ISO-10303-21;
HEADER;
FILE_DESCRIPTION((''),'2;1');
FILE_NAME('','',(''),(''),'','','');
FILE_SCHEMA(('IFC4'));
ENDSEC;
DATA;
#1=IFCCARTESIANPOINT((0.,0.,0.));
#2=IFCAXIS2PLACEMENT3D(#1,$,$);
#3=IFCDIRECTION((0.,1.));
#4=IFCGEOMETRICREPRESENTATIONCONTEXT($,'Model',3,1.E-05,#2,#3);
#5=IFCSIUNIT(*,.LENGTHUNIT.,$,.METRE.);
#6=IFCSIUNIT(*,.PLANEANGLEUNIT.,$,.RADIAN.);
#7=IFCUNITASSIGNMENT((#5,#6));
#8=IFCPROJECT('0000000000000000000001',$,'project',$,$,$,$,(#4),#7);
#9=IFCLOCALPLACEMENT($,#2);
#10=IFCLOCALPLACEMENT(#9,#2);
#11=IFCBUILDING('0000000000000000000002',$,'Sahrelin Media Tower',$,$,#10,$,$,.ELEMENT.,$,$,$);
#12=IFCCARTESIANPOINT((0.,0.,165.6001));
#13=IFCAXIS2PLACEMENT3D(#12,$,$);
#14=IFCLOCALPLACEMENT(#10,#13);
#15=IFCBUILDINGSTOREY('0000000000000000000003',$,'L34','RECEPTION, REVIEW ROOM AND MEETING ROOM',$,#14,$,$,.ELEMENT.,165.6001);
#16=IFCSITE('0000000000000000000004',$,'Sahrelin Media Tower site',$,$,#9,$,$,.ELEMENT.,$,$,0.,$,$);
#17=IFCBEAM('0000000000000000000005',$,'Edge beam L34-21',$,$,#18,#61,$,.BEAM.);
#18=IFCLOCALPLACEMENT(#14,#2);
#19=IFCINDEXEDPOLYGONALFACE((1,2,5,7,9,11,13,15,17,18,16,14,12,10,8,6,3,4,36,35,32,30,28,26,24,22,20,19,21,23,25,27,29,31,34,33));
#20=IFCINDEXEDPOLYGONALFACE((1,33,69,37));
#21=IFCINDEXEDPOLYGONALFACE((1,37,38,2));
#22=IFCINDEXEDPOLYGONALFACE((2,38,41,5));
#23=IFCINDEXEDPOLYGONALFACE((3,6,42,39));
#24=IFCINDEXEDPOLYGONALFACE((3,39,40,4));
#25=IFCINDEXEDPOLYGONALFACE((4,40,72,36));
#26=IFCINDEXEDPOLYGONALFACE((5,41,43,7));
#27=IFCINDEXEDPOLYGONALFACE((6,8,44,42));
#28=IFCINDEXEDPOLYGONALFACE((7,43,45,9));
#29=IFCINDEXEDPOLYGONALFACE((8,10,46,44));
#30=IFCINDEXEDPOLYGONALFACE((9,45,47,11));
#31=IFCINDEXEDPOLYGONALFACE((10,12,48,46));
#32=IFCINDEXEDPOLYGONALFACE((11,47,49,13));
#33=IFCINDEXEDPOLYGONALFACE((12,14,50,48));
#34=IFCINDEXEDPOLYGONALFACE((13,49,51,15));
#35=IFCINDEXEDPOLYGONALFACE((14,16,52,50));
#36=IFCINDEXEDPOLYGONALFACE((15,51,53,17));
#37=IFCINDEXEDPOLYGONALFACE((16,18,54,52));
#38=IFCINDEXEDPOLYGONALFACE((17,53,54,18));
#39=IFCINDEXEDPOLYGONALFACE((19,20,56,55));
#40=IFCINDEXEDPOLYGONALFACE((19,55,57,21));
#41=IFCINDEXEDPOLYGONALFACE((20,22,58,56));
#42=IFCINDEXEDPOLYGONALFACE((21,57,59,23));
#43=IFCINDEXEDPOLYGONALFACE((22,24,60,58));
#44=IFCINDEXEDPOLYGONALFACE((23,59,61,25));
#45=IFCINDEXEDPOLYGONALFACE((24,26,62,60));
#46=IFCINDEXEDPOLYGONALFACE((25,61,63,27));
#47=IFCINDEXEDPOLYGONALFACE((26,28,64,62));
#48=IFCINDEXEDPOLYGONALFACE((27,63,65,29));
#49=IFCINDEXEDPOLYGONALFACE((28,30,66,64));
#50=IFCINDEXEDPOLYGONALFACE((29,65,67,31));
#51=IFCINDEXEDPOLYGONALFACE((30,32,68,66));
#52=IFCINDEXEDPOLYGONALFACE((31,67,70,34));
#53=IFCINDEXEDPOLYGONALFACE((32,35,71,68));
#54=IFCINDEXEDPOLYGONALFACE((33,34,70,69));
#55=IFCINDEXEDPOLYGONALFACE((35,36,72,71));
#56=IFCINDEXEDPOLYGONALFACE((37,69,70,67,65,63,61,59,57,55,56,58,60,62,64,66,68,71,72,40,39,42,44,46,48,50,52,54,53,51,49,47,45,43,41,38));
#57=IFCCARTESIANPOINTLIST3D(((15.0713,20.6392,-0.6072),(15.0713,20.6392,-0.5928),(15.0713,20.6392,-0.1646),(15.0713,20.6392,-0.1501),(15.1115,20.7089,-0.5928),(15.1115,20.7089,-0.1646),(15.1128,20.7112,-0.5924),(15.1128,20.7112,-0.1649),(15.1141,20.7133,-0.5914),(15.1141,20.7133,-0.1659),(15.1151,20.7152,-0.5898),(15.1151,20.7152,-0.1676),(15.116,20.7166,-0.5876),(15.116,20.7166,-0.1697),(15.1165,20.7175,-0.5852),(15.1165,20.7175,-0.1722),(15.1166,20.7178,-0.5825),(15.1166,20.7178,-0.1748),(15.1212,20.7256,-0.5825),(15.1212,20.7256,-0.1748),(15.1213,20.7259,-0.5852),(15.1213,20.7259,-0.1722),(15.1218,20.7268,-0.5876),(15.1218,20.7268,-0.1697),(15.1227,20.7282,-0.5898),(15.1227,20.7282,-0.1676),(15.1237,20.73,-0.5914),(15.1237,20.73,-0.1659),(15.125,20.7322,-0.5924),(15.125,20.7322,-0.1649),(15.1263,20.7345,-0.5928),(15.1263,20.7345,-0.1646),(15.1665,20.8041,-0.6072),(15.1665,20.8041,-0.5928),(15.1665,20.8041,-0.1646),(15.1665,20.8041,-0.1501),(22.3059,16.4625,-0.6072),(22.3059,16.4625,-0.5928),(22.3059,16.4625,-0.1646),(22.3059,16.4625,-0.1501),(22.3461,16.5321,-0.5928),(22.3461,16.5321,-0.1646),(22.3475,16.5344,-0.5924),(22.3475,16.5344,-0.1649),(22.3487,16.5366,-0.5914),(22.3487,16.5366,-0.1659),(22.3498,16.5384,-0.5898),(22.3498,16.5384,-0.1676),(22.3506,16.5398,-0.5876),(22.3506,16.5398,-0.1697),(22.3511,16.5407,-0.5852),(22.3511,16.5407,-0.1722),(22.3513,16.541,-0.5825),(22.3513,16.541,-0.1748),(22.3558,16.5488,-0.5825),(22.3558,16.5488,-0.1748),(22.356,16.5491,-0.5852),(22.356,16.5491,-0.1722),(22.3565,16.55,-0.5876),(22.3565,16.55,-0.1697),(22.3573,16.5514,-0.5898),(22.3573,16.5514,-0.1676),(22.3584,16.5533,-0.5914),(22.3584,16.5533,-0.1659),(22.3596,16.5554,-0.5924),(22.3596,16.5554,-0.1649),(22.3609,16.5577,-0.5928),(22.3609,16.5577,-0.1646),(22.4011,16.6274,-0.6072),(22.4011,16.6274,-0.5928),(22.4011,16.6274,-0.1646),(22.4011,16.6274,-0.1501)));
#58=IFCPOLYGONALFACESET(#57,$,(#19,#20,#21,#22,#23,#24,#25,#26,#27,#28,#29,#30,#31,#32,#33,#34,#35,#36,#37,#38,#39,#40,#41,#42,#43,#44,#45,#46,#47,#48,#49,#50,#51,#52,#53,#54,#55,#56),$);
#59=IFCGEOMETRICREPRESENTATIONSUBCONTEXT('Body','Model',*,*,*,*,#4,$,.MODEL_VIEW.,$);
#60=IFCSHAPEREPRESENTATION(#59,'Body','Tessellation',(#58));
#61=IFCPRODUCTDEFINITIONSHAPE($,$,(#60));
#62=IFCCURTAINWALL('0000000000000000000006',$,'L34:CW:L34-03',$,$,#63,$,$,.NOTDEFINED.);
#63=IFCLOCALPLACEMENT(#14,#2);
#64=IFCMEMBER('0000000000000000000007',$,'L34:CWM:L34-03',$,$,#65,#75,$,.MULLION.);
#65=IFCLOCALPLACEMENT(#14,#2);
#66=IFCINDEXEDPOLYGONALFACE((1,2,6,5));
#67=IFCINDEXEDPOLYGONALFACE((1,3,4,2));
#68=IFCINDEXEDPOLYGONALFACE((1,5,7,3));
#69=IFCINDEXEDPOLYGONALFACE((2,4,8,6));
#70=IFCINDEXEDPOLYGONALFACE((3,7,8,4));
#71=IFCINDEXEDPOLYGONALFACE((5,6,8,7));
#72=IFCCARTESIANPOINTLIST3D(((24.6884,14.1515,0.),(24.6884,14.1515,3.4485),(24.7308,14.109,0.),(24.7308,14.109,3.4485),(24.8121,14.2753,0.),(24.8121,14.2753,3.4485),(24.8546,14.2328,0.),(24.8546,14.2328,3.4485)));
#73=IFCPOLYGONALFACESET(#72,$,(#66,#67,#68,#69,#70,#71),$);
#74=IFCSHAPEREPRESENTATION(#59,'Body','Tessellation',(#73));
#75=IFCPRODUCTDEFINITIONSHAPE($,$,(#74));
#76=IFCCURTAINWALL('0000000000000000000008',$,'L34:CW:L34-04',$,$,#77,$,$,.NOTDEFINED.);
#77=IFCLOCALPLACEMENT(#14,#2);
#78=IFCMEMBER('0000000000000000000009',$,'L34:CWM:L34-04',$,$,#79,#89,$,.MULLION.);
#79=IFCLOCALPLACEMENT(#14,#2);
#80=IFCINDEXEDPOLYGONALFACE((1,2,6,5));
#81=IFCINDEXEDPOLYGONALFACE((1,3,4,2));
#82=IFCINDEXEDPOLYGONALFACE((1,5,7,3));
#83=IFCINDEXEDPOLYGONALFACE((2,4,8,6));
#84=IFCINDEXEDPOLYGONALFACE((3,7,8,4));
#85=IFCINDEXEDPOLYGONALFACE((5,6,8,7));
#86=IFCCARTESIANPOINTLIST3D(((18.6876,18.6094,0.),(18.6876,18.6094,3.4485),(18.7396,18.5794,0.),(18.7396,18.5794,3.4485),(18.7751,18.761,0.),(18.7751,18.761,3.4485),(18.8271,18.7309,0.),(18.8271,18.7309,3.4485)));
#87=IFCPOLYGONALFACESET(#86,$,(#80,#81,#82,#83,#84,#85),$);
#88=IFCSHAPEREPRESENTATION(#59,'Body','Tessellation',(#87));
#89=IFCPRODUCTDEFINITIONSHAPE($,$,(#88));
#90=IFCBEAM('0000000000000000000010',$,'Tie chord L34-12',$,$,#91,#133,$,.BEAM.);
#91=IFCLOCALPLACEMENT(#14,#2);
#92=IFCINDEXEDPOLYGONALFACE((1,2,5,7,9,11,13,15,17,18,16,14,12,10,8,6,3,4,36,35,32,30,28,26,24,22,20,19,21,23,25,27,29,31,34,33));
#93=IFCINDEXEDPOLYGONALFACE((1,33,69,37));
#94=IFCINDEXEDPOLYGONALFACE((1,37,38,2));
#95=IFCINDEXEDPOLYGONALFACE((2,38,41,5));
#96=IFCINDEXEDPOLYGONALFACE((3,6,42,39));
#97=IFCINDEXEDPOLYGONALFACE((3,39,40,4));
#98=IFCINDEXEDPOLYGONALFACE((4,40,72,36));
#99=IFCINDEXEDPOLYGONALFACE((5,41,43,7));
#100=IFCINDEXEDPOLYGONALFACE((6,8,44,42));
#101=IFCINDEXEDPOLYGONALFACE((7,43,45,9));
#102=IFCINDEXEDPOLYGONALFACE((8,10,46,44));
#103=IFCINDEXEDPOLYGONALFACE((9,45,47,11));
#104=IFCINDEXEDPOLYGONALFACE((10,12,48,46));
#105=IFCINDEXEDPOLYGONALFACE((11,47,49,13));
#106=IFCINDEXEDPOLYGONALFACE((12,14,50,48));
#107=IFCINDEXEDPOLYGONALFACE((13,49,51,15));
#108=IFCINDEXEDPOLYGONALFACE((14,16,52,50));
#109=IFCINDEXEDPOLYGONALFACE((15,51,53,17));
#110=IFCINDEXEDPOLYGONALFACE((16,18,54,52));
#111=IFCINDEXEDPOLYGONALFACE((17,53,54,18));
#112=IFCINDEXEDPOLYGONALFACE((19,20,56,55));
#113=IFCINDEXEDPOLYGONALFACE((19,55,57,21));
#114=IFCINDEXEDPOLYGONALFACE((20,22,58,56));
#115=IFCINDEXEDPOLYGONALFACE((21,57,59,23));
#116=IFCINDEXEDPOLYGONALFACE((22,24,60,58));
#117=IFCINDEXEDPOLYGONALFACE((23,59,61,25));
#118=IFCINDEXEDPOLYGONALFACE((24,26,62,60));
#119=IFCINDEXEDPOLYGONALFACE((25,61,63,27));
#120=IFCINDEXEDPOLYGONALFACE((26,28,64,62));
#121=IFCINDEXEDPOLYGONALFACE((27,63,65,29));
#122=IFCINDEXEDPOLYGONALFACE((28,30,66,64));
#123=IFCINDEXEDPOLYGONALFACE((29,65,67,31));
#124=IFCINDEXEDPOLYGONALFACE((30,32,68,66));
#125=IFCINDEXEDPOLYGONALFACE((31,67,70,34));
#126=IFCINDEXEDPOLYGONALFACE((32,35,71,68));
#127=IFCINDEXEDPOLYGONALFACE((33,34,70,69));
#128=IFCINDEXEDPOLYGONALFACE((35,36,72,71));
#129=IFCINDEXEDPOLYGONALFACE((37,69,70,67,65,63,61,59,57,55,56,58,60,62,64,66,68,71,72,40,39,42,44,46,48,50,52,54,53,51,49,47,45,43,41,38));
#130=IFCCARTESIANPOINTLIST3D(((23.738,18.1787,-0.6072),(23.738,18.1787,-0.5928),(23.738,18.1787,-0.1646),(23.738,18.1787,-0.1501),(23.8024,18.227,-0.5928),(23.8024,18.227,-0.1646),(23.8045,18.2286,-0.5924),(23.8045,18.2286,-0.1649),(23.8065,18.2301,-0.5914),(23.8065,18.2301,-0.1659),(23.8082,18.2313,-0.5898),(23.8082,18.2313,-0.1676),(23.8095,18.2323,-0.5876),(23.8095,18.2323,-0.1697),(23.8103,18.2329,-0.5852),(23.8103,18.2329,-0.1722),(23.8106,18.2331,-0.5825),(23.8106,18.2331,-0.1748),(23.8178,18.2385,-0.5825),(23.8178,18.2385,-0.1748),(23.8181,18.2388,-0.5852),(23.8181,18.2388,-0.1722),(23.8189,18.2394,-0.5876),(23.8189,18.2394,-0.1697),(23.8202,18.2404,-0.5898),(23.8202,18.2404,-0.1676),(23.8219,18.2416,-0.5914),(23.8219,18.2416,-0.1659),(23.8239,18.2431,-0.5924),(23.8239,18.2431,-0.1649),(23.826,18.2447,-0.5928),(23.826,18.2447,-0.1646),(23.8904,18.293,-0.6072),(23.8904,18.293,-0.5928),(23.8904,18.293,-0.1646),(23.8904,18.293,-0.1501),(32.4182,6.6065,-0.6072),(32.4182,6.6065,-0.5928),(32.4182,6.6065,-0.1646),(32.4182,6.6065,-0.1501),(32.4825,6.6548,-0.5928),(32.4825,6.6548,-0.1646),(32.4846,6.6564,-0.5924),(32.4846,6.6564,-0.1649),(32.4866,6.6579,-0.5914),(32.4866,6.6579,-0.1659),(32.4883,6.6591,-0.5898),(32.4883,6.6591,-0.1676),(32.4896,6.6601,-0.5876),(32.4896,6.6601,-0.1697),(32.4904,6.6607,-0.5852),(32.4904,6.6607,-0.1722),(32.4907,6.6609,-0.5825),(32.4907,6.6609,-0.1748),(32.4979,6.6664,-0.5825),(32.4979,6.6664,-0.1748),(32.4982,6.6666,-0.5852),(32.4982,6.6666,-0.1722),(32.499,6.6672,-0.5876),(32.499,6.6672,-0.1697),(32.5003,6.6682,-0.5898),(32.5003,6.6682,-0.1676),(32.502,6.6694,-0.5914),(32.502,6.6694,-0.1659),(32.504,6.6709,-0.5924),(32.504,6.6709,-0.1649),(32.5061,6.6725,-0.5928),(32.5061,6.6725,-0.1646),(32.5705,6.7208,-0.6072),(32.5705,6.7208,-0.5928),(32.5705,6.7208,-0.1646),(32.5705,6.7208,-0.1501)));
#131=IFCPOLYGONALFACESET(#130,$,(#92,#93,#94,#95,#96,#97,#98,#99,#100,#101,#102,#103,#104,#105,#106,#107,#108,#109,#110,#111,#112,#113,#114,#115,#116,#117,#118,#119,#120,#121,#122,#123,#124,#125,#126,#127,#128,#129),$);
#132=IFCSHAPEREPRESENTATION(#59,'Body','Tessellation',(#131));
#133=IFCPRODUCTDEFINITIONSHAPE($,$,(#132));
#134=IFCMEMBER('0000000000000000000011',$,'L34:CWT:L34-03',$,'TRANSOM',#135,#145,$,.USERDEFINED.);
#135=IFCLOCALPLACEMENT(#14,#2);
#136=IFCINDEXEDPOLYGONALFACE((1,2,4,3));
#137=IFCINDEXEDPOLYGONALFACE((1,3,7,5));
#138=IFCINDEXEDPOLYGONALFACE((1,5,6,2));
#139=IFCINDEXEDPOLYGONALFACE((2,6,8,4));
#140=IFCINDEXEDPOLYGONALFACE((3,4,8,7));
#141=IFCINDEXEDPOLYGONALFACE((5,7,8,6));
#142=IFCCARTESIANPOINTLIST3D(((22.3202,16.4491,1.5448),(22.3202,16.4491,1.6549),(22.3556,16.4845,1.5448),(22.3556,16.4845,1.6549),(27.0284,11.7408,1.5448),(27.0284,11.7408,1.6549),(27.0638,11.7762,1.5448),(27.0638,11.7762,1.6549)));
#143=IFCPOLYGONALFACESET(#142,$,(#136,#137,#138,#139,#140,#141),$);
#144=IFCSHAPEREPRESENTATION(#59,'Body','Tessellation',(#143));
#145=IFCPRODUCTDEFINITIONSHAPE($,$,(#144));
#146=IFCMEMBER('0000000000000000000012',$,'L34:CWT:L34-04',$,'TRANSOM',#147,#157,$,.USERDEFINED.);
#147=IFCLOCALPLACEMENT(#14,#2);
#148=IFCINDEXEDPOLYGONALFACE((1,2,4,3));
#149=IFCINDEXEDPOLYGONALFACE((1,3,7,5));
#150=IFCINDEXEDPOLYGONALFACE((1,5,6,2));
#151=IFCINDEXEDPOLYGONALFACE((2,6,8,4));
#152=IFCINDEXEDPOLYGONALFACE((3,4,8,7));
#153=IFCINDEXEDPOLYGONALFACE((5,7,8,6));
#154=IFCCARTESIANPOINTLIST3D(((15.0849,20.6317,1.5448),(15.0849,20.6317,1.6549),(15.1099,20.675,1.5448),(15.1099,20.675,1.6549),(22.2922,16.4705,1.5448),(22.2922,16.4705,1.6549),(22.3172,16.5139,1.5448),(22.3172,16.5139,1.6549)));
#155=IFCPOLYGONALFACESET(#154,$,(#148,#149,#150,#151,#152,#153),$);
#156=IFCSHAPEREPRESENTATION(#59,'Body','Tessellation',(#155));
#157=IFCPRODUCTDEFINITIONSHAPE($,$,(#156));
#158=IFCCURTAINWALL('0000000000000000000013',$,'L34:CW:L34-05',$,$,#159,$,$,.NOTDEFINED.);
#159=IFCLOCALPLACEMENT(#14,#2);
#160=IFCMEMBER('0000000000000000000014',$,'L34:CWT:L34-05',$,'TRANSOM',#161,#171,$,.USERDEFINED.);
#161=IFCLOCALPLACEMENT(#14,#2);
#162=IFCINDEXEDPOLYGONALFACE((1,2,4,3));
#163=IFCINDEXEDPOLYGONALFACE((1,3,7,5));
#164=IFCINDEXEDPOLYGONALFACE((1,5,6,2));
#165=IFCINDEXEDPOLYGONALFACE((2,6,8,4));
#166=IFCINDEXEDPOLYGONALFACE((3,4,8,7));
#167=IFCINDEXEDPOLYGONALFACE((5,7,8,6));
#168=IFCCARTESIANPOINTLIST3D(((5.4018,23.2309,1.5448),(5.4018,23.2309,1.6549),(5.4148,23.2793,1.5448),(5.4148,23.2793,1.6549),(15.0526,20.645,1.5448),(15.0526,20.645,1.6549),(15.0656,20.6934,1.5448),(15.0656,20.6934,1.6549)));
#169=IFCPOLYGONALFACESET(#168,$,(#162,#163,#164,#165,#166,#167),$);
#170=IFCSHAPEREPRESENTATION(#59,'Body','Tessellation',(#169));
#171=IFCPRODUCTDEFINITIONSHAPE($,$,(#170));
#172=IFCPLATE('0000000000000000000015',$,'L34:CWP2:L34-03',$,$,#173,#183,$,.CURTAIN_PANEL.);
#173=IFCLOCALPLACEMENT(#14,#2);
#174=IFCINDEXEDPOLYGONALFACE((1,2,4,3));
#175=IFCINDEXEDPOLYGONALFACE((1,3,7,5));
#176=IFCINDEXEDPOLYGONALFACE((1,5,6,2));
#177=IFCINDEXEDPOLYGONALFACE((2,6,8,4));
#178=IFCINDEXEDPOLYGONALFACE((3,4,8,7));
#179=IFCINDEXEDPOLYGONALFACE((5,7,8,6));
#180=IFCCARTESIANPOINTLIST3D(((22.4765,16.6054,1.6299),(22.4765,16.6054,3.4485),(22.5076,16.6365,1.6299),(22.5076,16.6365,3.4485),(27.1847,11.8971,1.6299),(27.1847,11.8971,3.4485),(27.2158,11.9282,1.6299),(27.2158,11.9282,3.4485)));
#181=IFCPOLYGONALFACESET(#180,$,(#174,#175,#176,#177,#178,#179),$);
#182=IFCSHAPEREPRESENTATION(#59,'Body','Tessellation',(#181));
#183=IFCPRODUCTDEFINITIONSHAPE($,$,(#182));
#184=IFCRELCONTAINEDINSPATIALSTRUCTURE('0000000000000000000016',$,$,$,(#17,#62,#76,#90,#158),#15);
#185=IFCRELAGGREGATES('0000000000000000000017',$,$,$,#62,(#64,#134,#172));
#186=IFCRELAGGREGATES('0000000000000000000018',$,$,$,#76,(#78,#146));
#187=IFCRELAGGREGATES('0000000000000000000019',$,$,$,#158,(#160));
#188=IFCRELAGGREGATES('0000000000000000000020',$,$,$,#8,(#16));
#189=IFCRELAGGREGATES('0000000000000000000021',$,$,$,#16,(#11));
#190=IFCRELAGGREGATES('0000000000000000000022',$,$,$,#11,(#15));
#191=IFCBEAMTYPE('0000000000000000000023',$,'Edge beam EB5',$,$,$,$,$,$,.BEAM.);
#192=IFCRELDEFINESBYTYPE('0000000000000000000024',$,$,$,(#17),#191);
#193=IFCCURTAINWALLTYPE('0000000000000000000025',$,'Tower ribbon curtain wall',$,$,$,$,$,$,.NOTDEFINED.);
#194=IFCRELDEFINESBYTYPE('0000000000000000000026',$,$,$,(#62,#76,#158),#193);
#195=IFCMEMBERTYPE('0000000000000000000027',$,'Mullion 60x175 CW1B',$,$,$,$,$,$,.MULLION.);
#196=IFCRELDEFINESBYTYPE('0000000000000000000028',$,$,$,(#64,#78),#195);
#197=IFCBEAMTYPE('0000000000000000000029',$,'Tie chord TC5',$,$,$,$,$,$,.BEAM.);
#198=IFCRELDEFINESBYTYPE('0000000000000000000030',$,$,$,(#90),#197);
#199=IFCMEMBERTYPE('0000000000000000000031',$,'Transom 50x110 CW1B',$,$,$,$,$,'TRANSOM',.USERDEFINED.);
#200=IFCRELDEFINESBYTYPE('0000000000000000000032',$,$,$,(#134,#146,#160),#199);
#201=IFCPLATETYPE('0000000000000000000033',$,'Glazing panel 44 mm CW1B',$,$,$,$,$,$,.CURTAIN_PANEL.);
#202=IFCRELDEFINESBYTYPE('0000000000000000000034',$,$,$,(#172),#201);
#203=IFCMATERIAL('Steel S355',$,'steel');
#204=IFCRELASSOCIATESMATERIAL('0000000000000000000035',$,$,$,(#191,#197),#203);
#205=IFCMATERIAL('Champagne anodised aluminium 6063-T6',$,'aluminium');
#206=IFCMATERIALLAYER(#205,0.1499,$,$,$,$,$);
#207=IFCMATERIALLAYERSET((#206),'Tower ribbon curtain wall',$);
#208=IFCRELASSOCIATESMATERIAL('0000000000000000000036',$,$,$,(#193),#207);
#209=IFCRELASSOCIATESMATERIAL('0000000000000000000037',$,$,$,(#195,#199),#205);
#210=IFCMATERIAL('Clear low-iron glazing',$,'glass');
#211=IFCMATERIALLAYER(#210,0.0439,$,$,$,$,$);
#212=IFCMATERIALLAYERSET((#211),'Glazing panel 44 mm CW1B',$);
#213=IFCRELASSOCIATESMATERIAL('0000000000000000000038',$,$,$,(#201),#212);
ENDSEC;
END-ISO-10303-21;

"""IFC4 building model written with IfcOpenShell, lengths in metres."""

from ifc_helpers import new_model, si_unit, direction, frame, origin, origin_2d, place, context, subcontext, project, spatial, polyline, rectangle, i_section, outline, extrude, material, layer, layer_set, material_profile, profile_set, type_object, element, aggregate, save


model = new_model("IFC4")

# Units and contexts
model_context = context("Model", 3, precision=1e-05, world=origin(), true_north=direction((0.0, 1.0)))
body_context = subcontext(model_context, "Body", "Model", "MODEL_VIEW")
ifc_project = project(units=[si_unit("LENGTHUNIT", "METRE"), si_unit("PLANEANGLEUNIT", "RADIAN")], contexts=[model_context])

# Site, building, storey
site_placement = place(None, origin())
site = spatial("IfcSite", under=ifc_project, at=site_placement, Name="Sahrelin Media Tower site", CompositionType="ELEMENT", RefElevation=0.0)
building_placement = place(site_placement, origin())
building = spatial("IfcBuilding", under=site, at=building_placement, Name="Sahrelin Media Tower", CompositionType="ELEMENT")
storey_placement = place(building_placement, frame((0.0, 0.0, 165.6001)))
storey = spatial("IfcBuildingStorey", under=building, at=storey_placement, Name="L34", Description="RECEPTION, REVIEW ROOM AND MEETING ROOM", CompositionType="ELEMENT", Elevation=165.6001)

# Beam
ifc_material_1 = material(Name="Steel S355", Category="steel")
ifc_material_profile_1 = material_profile(ifc_material_1, i_section(OverallWidth=0.1904, OverallDepth=0.457, WebThickness=0.009, FlangeThickness=0.0144, FilletRadius=0.0103, at=origin_2d()), Name="UB 457x191x74")
ifc_profile_set_1 = profile_set([ifc_material_profile_1], Name="Steel S355")
beam_type_1 = type_object("IfcBeamType", Name="Edge beam EB5", PredefinedType="BEAM", material=ifc_profile_set_1)
beam_1_placement = place(storey_placement, frame((15.1189, 20.7217, -0.3787), z_axis=(0.866033, -0.499986, 0.0), x_axis=(0.499986, 0.866033, 0.0)))
element("IfcBeam", 1, at=beam_1_placement, inside=storey, type_object=beam_type_1, Name="Edge beam L34-21", PredefinedType="BEAM", context=body_context, shape_type="SweptSolid", body=[
    extrude(i_section(OverallWidth=0.1904, OverallDepth=0.457, WebThickness=0.009, FlangeThickness=0.0144, FilletRadius=0.0103, at=origin_2d()), origin(), (0.0, 0.0, 1.0), 8.3538),
])

# Curtain walls, members
ifc_material_2 = material(Name="Champagne anodised aluminium 6063-T6", Category="aluminium")
ifc_layer_1 = layer(ifc_material_2, 0.1499)
ifc_layer_set_1 = layer_set([ifc_layer_1], Name="Tower ribbon curtain wall")
curtain_wall_type = type_object("IfcCurtainWallType", Name="Tower ribbon curtain wall", PredefinedType="NOTDEFINED", material=ifc_layer_set_1)
curtain_wall_1_placement = place(storey_placement, frame((24.8474, 14.2683, 0.0), z_axis=(0.0, 0.0, 1.0), x_axis=(1.0, 0.0, 0.0)))
curtain_wall_1 = element("IfcCurtainWall", 2, at=curtain_wall_1_placement, inside=storey, type_object=curtain_wall_type, Name="L34:CW:L34-03", PredefinedType="NOTDEFINED")
ifc_material_profile_2 = material_profile(ifc_material_2, rectangle(XDim=0.0601, YDim=0.175, at=origin_2d()), Name="Mullion 60x175")
ifc_profile_set_2 = profile_set([ifc_material_profile_2], Name="Champagne anodised aluminium 6063-T6")
member_type_1 = type_object("IfcMemberType", Name="Mullion 60x175 CW1B", PredefinedType="MULLION", material=ifc_profile_set_2)
member_1_placement = place(storey_placement, frame((24.7715, 14.1921, 0.0), z_axis=(0.0, 0.0, 1.0), x_axis=(-0.707099, 0.707114, 0.0)))
member_1 = element("IfcMember", 3, at=member_1_placement, type_object=member_type_1, Name="L34:CWM:L34-03", PredefinedType="MULLION", context=body_context, shape_type="SweptSolid", body=[
    extrude(rectangle(XDim=0.0601, YDim=0.175, at=origin_2d()), origin(), (0.0, 0.0, 1.0), 3.4485),
])
curtain_wall_2_placement = place(storey_placement, frame((18.8113, 18.7632, 0.0), z_axis=(0.0, 0.0, 1.0), x_axis=(1.0, 0.0, 0.0)))
curtain_wall_2 = element("IfcCurtainWall", 4, at=curtain_wall_2_placement, inside=storey, type_object=curtain_wall_type, Name="L34:CW:L34-04", PredefinedType="NOTDEFINED")
member_2_placement = place(storey_placement, frame((18.7573, 18.6702, 0.0), z_axis=(0.0, 0.0, 1.0), x_axis=(-0.866027, 0.499997, 0.0)))
member_2 = element("IfcMember", 5, at=member_2_placement, type_object=member_type_1, Name="L34:CWM:L34-04", PredefinedType="MULLION", context=body_context, shape_type="SweptSolid", body=[
    extrude(rectangle(XDim=0.0601, YDim=0.175, at=origin_2d()), origin(), (0.0, 0.0, 1.0), 3.4485),
])

# Beam
ifc_material_profile_3 = material_profile(ifc_material_1, i_section(OverallWidth=0.1904, OverallDepth=0.457, WebThickness=0.009, FlangeThickness=0.0144, FilletRadius=0.0103, at=origin_2d()), Name="UB 457x191x74")
ifc_profile_set_3 = profile_set([ifc_material_profile_3], Name="Steel S355")
beam_type_2 = type_object("IfcBeamType", Name="Tie chord TC5", PredefinedType="BEAM", material=ifc_profile_set_3)
beam_2_placement = place(storey_placement, frame((23.8142, 18.2358, -0.3787), z_axis=(0.600043, -0.799968, 0.0), x_axis=(0.799968, 0.600043, 0.0)))
element("IfcBeam", 6, at=beam_2_placement, inside=storey, type_object=beam_type_2, Name="Tie chord L34-12", PredefinedType="BEAM", context=body_context, shape_type="SweptSolid", body=[
    extrude(i_section(OverallWidth=0.1904, OverallDepth=0.457, WebThickness=0.009, FlangeThickness=0.0144, FilletRadius=0.0103, at=origin_2d()), origin(), (0.0, 0.0, 1.0), 14.4658),
])

# Members
ifc_material_profile_4 = material_profile(ifc_material_2, rectangle(XDim=0.05, YDim=0.1101, at=origin_2d()), Name="Transom 50x110")
ifc_profile_set_4 = profile_set([ifc_material_profile_4], Name="Champagne anodised aluminium 6063-T6")
member_type_2 = type_object("IfcMemberType", Name="Transom 50x110 CW1B", ElementType="TRANSOM", PredefinedType="USERDEFINED", material=ifc_profile_set_4)
member_3_placement = place(storey_placement, frame((27.0461, 11.7585, 1.5999), z_axis=(-0.707107, 0.707107, 0.0), x_axis=(-0.707107, -0.707107, 0.0)))
member_3 = element("IfcMember", 7, at=member_3_placement, type_object=member_type_2, Name="L34:CWT:L34-03", ObjectType="TRANSOM", PredefinedType="USERDEFINED", context=body_context, shape_type="SweptSolid", body=[
    extrude(rectangle(XDim=0.05, YDim=0.1101, at=origin_2d()), origin(), (0.0, 0.0, 1.0), 6.6584),
])
member_4_placement = place(storey_placement, frame((22.3047, 16.4922, 1.5999), z_axis=(-0.866025, 0.500001, 0.0), x_axis=(-0.500001, -0.866025, 0.0)))
member_4 = element("IfcMember", 8, at=member_4_placement, type_object=member_type_2, Name="L34:CWT:L34-04", ObjectType="TRANSOM", PredefinedType="USERDEFINED", context=body_context, shape_type="SweptSolid", body=[
    extrude(rectangle(XDim=0.05, YDim=0.1101, at=origin_2d()), origin(), (0.0, 0.0, 1.0), 8.3223),
])

# Curtain wall, member
curtain_wall_3_placement = place(storey_placement, frame((10.2905, 22.1748, 0.0), z_axis=(0.0, 0.0, 1.0), x_axis=(1.0, 0.0, 0.0)))
curtain_wall_3 = element("IfcCurtainWall", 9, at=curtain_wall_3_placement, inside=storey, type_object=curtain_wall_type, Name="L34:CW:L34-05", PredefinedType="NOTDEFINED")
member_5_placement = place(storey_placement, frame((15.0591, 20.6692, 1.5999), z_axis=(-0.965926, 0.258818, 0.0), x_axis=(-0.258818, -0.965926, 0.0)))
member_5 = element("IfcMember", 10, at=member_5_placement, type_object=member_type_2, Name="L34:CWT:L34-05", ObjectType="TRANSOM", PredefinedType="USERDEFINED", context=body_context, shape_type="SweptSolid", body=[
    extrude(rectangle(XDim=0.05, YDim=0.1101, at=origin_2d()), origin(), (0.0, 0.0, 1.0), 9.9912),
])

# Plate
ifc_material_3 = material(Name="Clear low-iron glazing", Category="glass")
ifc_layer_2 = layer(ifc_material_3, 0.0439)
ifc_layer_set_2 = layer_set([ifc_layer_2], Name="Glazing panel 44 mm CW1B")
plate_type_1 = type_object("IfcPlateType", Name="Glazing panel 44 mm CW1B", PredefinedType="CURTAIN_PANEL", material=ifc_layer_set_2)
plate_1_placement = place(storey_placement, frame((27.2158, 11.9282, 1.6299), z_axis=(0.707107, 0.707107, 0.0), x_axis=(-0.707107, 0.707107, 0.0)))
plate_1 = element("IfcPlate", 11, at=plate_1_placement, type_object=plate_type_1, Name="L34:CWP2:L34-03", PredefinedType="CURTAIN_PANEL", context=body_context, shape_type="SweptSolid", body=[
    extrude(outline(polyline([(0.0, 0.0), (6.6584, 0.0), (6.6584, 1.8186), (0.0, 1.8186), (0.0, 0.0)])), origin(), (0.0, 0.0, -1.0), 0.0439),
])
aggregate(curtain_wall_1, [member_1, member_3, plate_1])
aggregate(curtain_wall_2, [member_2, member_4])
aggregate(curtain_wall_3, [member_5])

save(model, "model.ifc")
